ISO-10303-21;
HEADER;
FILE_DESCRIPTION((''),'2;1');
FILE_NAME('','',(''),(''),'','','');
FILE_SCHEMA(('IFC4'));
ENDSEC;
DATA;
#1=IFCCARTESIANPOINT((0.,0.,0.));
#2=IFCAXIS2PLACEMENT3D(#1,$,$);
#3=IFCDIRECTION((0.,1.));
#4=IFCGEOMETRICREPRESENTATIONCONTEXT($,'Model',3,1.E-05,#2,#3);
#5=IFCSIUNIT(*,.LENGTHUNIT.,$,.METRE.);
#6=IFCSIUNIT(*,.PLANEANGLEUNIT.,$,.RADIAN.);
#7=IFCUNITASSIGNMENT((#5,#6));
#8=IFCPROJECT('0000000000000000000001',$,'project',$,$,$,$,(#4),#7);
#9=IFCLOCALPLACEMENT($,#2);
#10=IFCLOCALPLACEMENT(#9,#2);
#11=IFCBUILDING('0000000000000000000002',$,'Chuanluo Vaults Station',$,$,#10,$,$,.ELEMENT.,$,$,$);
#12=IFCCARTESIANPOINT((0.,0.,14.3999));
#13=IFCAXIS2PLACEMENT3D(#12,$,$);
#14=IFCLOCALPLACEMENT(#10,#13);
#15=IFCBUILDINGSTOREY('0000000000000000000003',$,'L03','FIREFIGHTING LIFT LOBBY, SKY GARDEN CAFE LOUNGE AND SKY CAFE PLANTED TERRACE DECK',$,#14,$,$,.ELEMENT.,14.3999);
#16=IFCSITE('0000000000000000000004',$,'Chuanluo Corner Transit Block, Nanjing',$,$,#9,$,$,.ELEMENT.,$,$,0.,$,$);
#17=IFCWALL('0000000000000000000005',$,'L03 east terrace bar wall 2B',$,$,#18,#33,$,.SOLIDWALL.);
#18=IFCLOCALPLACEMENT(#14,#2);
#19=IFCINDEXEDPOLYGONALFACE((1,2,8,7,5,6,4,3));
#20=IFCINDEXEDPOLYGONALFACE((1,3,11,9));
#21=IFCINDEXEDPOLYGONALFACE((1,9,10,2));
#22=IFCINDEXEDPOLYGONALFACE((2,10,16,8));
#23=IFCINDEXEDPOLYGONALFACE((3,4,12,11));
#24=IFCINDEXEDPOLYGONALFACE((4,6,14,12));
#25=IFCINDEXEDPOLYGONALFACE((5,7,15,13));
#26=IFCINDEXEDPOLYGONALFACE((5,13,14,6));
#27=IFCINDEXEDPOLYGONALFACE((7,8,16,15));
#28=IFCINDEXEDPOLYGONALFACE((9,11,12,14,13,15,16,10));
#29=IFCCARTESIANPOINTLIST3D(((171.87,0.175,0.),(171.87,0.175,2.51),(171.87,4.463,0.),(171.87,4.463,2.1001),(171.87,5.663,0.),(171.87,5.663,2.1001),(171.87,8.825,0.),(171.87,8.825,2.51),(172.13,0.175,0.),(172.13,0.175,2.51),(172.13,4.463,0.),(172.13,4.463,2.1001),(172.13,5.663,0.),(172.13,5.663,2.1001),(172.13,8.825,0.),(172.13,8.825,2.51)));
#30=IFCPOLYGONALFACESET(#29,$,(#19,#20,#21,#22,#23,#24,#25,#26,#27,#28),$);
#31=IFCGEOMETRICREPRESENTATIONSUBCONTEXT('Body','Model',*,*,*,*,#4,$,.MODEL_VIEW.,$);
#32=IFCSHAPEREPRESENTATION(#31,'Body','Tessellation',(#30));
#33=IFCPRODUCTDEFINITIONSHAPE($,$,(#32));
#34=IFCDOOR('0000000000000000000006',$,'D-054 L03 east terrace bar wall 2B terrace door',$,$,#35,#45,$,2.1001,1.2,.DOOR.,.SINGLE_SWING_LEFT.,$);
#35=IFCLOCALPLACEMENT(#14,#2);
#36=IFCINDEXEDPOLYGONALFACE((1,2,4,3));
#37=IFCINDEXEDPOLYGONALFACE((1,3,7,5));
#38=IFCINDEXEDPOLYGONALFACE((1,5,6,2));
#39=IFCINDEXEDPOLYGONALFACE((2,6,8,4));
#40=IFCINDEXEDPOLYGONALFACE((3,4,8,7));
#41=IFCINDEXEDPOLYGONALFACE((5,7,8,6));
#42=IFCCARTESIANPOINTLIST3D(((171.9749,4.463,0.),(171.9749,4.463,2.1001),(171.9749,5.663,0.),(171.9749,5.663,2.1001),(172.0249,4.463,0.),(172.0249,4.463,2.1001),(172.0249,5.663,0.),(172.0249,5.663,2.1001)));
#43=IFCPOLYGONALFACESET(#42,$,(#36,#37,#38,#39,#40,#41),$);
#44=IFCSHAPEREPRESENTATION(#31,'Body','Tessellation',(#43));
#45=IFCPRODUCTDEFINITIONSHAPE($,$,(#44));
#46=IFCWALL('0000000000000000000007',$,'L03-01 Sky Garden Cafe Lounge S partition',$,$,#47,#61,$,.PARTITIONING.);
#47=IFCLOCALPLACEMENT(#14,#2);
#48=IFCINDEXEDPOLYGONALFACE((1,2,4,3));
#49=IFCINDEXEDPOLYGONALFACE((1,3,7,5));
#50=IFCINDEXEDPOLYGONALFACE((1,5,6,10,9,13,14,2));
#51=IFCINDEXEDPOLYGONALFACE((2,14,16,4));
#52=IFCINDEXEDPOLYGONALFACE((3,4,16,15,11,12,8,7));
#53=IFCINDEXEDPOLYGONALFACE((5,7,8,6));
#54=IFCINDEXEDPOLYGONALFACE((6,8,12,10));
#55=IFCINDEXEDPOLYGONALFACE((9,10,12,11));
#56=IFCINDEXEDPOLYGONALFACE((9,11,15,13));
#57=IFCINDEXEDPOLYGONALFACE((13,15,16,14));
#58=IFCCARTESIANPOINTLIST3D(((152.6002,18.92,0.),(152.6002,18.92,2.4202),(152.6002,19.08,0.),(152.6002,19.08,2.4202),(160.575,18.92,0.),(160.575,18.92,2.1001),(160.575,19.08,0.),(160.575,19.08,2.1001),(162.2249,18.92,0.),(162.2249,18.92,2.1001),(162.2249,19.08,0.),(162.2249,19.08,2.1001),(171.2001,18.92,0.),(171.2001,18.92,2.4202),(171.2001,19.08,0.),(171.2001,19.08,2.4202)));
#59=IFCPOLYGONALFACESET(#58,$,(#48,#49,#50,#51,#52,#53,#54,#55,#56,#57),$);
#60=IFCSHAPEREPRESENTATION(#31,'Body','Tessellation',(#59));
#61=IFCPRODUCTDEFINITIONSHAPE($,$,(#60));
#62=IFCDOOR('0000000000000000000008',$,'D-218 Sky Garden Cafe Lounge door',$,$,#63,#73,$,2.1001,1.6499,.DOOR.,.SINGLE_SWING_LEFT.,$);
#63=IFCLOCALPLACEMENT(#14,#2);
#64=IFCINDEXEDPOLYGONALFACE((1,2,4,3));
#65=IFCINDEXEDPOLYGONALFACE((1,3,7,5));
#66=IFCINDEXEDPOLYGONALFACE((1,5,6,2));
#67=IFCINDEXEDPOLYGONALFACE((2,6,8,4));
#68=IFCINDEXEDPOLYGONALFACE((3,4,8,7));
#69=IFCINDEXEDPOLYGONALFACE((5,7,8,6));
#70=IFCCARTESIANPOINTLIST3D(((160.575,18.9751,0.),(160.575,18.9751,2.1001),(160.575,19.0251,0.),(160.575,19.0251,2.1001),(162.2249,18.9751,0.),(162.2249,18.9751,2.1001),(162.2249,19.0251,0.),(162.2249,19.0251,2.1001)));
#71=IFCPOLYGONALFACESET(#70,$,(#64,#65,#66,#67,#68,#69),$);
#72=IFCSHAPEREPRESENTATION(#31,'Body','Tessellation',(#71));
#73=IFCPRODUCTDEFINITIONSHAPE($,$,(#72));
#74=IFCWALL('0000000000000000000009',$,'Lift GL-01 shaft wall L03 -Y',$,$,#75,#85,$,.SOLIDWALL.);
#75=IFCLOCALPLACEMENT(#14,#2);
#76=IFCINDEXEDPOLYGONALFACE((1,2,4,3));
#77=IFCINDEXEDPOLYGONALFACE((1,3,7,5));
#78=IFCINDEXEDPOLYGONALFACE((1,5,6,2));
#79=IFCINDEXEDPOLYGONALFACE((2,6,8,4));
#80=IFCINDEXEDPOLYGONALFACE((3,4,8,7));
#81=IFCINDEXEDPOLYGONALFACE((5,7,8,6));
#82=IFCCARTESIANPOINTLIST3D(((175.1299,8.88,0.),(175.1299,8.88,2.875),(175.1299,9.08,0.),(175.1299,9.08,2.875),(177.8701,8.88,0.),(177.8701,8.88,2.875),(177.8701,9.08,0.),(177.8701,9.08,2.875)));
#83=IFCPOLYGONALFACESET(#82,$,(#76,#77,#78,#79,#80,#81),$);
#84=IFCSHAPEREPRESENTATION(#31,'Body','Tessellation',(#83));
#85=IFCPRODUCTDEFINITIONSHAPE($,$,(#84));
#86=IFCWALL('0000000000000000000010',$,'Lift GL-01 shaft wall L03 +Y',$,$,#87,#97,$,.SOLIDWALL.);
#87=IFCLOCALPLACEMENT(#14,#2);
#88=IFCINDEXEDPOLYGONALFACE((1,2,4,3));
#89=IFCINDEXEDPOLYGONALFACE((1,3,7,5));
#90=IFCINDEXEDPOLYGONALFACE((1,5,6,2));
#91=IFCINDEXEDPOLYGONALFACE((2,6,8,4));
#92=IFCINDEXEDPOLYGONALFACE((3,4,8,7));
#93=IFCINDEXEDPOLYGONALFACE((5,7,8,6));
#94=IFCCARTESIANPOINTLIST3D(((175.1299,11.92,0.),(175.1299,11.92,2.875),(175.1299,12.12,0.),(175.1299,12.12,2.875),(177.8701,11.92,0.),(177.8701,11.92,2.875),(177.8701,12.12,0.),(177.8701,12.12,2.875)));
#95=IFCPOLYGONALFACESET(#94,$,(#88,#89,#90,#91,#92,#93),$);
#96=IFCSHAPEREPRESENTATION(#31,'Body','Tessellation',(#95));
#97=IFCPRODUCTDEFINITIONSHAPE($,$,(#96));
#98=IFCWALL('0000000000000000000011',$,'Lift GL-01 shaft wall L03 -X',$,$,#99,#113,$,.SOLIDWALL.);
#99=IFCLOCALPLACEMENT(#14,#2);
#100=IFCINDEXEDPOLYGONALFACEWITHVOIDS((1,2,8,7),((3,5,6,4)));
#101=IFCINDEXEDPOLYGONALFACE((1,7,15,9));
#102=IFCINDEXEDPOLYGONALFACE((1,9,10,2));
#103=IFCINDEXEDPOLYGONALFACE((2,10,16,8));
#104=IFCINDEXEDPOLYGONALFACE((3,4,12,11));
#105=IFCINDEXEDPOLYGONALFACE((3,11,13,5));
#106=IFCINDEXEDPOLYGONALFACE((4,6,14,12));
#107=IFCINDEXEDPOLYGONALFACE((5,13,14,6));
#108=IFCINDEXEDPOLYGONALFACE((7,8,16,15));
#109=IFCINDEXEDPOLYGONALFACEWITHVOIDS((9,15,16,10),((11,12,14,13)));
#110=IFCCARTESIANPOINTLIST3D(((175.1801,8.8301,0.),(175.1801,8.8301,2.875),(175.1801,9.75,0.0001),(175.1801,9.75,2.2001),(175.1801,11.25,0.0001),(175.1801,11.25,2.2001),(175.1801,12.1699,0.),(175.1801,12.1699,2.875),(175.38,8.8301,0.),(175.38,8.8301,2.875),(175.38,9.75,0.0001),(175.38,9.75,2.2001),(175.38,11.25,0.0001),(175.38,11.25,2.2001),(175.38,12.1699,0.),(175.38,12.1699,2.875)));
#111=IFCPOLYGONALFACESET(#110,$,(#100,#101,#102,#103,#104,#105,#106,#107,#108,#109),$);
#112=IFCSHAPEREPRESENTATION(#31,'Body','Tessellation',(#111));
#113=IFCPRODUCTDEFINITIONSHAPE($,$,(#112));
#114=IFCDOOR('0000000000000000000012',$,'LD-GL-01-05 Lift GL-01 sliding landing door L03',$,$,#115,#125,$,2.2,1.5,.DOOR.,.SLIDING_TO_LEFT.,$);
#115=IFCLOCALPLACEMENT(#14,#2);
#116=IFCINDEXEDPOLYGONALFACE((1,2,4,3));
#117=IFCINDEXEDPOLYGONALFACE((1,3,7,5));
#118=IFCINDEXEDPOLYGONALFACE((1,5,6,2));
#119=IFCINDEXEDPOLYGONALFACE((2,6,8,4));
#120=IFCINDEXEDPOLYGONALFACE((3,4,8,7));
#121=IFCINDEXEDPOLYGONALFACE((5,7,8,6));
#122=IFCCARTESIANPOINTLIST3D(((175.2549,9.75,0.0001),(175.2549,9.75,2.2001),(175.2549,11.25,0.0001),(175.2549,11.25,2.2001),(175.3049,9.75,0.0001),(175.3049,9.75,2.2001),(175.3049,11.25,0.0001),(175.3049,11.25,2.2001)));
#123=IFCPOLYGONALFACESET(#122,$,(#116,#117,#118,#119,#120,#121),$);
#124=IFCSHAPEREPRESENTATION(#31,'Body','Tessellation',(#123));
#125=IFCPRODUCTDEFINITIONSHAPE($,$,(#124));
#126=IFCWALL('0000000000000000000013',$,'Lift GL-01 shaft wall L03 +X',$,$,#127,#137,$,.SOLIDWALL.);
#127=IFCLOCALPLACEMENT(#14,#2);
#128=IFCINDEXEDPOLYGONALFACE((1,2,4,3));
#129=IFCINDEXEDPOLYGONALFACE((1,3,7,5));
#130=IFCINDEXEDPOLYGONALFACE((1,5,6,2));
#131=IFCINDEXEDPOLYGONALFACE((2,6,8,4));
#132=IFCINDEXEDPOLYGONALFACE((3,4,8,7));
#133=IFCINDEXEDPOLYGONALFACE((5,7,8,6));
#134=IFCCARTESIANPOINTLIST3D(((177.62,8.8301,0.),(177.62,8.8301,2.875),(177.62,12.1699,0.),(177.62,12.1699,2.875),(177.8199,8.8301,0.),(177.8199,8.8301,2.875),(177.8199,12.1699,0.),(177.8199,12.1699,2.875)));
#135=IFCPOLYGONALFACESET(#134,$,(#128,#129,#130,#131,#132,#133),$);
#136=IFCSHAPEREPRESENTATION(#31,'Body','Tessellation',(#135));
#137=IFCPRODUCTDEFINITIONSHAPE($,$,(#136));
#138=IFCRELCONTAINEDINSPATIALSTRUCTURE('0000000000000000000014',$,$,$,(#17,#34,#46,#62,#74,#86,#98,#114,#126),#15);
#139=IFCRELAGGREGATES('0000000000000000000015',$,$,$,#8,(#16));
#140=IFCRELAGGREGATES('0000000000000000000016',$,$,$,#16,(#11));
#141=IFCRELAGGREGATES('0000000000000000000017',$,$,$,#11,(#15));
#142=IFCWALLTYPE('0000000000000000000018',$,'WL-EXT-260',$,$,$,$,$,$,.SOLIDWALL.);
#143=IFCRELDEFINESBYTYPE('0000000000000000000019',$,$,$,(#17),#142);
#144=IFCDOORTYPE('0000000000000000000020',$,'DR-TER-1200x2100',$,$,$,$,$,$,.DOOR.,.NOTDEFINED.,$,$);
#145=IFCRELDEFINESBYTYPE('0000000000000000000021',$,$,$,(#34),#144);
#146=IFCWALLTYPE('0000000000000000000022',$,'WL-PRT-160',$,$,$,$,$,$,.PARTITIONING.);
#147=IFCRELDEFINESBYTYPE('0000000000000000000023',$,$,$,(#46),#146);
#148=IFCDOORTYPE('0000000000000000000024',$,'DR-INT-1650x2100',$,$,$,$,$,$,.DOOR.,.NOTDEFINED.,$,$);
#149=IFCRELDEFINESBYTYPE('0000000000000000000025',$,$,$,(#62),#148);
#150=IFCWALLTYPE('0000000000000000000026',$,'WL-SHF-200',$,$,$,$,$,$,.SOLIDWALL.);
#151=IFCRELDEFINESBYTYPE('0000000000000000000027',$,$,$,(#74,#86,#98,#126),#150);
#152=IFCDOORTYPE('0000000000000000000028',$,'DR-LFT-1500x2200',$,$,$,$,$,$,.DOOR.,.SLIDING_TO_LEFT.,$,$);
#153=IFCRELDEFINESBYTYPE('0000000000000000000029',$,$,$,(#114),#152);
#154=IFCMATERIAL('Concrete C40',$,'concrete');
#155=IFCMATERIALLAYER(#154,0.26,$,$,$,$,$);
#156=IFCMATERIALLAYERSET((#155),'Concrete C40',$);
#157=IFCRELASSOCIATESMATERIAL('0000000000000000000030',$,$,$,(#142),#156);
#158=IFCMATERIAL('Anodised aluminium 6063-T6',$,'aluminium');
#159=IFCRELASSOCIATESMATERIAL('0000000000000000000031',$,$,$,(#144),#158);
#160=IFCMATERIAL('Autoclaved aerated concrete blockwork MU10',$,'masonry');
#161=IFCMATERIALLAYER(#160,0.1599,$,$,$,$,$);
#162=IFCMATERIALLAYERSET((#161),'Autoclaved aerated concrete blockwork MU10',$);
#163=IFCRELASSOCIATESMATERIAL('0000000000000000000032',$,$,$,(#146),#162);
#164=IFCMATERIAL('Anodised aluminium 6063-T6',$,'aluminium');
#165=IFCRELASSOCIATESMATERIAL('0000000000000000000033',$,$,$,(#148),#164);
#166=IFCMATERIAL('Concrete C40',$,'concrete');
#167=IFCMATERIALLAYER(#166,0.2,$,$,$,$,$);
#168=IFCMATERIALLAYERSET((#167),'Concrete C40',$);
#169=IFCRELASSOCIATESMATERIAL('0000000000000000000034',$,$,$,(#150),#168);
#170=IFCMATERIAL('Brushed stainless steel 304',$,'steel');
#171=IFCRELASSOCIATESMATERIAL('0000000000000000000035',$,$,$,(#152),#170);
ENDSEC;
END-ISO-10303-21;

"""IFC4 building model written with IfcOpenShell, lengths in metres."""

from ifc_helpers import new_model, si_unit, direction, frame, frame_2d, origin, place, context, subcontext, project, spatial, rectangle, extrude, material, layer, layer_set, type_object, element, fill, save


model = new_model("IFC4")

# Units and contexts
model_context = context("Model", 3, precision=1e-05, world=origin(), true_north=direction((0.0, 1.0)))
body_context = subcontext(model_context, "Body", "Model", "MODEL_VIEW")
ifc_project = project(units=[si_unit("LENGTHUNIT", "METRE"), si_unit("PLANEANGLEUNIT", "RADIAN")], contexts=[model_context])

# Site, building, storey
site_placement = place(None, origin())
site = spatial("IfcSite", under=ifc_project, at=site_placement, Name="Chuanluo Corner Transit Block, Nanjing", CompositionType="ELEMENT", RefElevation=0.0)
building_placement = place(site_placement, origin())
building = spatial("IfcBuilding", under=site, at=building_placement, Name="Chuanluo Vaults Station", CompositionType="ELEMENT")
storey_placement = place(building_placement, frame((0.0, 0.0, 14.3999)))
storey = spatial("IfcBuildingStorey", under=building, at=storey_placement, Name="L03", Description="FIREFIGHTING LIFT LOBBY, SKY GARDEN CAFE LOUNGE AND SKY CAFE PLANTED TERRACE DECK", CompositionType="ELEMENT", Elevation=14.3999)

# Shared definitions
ifc_material_1 = material(Name="Concrete C40", Category="concrete")
ifc_layer_1 = layer(ifc_material_1, 0.26)
ifc_layer_set_1 = layer_set([ifc_layer_1], Name="Concrete C40")
wall_type_1 = type_object("IfcWallType", Name="WL-EXT-260", PredefinedType="SOLIDWALL", material=ifc_layer_set_1)

# Walls, openings, doors
wall_1_placement = place(storey_placement, frame((172.0, 8.825, 0.0), z_axis=(0.0, 0.0, 1.0), x_axis=(0.0, -1.0, 0.0)))
wall_1 = element("IfcWall", 1, at=wall_1_placement, inside=storey, type_object=wall_type_1, Name="L03 east terrace bar wall 2B", PredefinedType="SOLIDWALL", context=body_context, shape_type="SweptSolid", body=[
    extrude(rectangle(XDim=8.6499, YDim=0.26, at=frame_2d((4.325, 0.0))), origin(), (0.0, 0.0, 1.0), 2.51),
])
opening_1_placement = place(wall_1_placement, frame((3.1619, 0.0, 0.0)))
opening_1 = element("IfcOpeningElement", 2, at=opening_1_placement, cuts=wall_1, PredefinedType="OPENING", context=body_context, shape_type="SweptSolid", body=[
    extrude(rectangle(XDim=1.2, YDim=2.1001, at=frame_2d((0.6001, 1.05))), frame((0.0, 0.1399, 0.0), z_axis=(0.0, -1.0, 0.0), x_axis=(1.0, 0.0, 0.0)), (0.0, 0.0, 1.0), 0.28),
])
ifc_material_2 = material(Name="Anodised aluminium 6063-T6", Category="aluminium")
door_type_1 = type_object("IfcDoorType", Name="DR-TER-1200x2100", OperationType="NOTDEFINED", PredefinedType="DOOR", material=ifc_material_2)
door_1_placement = place(opening_1_placement, origin())
door_1 = element("IfcDoor", 3, at=door_1_placement, inside=storey, type_object=door_type_1, Name="D-054 L03 east terrace bar wall 2B terrace door", OperationType="SINGLE_SWING_LEFT", OverallHeight=2.1001, OverallWidth=1.2, PredefinedType="DOOR", context=body_context, shape_type="SweptSolid", body=[
    extrude(rectangle(XDim=1.2, YDim=2.1001, at=frame_2d((0.6001, 1.05))), frame((0.0, 0.0249, 0.0), z_axis=(0.0, -1.0, 0.0), x_axis=(1.0, 0.0, 0.0)), (0.0, 0.0, 1.0), 0.05),
])
fill(opening_1, door_1)
ifc_material_3 = material(Name="Autoclaved aerated concrete blockwork MU10", Category="masonry")
ifc_layer_2 = layer(ifc_material_3, 0.1599)
ifc_layer_set_2 = layer_set([ifc_layer_2], Name="Autoclaved aerated concrete blockwork MU10")
wall_type_2 = type_object("IfcWallType", Name="WL-PRT-160", PredefinedType="PARTITIONING", material=ifc_layer_set_2)
wall_2_placement = place(storey_placement, frame((171.2, 19.0, 0.0), z_axis=(0.0, 0.0, 1.0), x_axis=(-1.0, 0.0, 0.0)))
wall_2 = element("IfcWall", 4, at=wall_2_placement, inside=storey, type_object=wall_type_2, Name="L03-01 Sky Garden Cafe Lounge S partition", PredefinedType="PARTITIONING", context=body_context, shape_type="SweptSolid", body=[
    extrude(rectangle(XDim=18.5999, YDim=0.1599, at=frame_2d((9.2998, 0.0))), origin(), (0.0, 0.0, 1.0), 2.4202),
])
opening_2_placement = place(wall_2_placement, frame((8.9751, 0.0, 0.0)))
opening_2 = element("IfcOpeningElement", 5, at=opening_2_placement, cuts=wall_2, PredefinedType="OPENING", context=body_context, shape_type="SweptSolid", body=[
    extrude(rectangle(XDim=1.6499, YDim=2.1001, at=frame_2d((0.825, 1.05))), frame((0.0, 0.0901, 0.0), z_axis=(0.0, -1.0, 0.0), x_axis=(1.0, 0.0, 0.0)), (0.0, 0.0, 1.0), 0.1799),
])
ifc_material_4 = material(Name="Anodised aluminium 6063-T6", Category="aluminium")
door_type_2 = type_object("IfcDoorType", Name="DR-INT-1650x2100", OperationType="NOTDEFINED", PredefinedType="DOOR", material=ifc_material_4)
door_2_placement = place(opening_2_placement, origin())
door_2 = element("IfcDoor", 6, at=door_2_placement, inside=storey, type_object=door_type_2, Name="D-218 Sky Garden Cafe Lounge door", OperationType="SINGLE_SWING_LEFT", OverallHeight=2.1001, OverallWidth=1.6499, PredefinedType="DOOR", context=body_context, shape_type="SweptSolid", body=[
    extrude(rectangle(XDim=1.6499, YDim=2.1001, at=frame_2d((0.825, 1.05))), frame((0.0, 0.0249, 0.0), z_axis=(0.0, -1.0, 0.0), x_axis=(1.0, 0.0, 0.0)), (0.0, 0.0, 1.0), 0.05),
])
fill(opening_2, door_2)

# Walls
ifc_material_5 = material(Name="Concrete C40", Category="concrete")
ifc_layer_3 = layer(ifc_material_5, 0.2)
ifc_layer_set_3 = layer_set([ifc_layer_3], Name="Concrete C40")
wall_type_3 = type_object("IfcWallType", Name="WL-SHF-200", PredefinedType="SOLIDWALL", material=ifc_layer_set_3)
for number, where, z_axis, x_axis, name in (
    (7, (175.1299, 8.98, 0.0), (0.0, 0.0, 1.0), (1.0, 0.0, 0.0), "Lift GL-01 shaft wall L03 -Y"),
    (8, (177.8701, 12.02, 0.0), (0.0, 0.0, 1.0), (-1.0, 0.0, 0.0), "Lift GL-01 shaft wall L03 +Y"),
):
    element("IfcWall", number, at=place(storey_placement, frame(where, z_axis=z_axis, x_axis=x_axis)), inside=storey, type_object=wall_type_3, Name=name, PredefinedType="SOLIDWALL", context=body_context, shape_type="SweptSolid", body=[
        extrude(rectangle(XDim=2.7402, YDim=0.2, at=frame_2d((1.3701, 0.0))), origin(), (0.0, 0.0, 1.0), 2.875),
    ])

# Wall, opening, door
wall_3_placement = place(storey_placement, frame((175.28, 12.1699, 0.0), z_axis=(0.0, 0.0, 1.0), x_axis=(0.0, -1.0, 0.0)))
wall_3 = element("IfcWall", 9, at=wall_3_placement, inside=storey, type_object=wall_type_3, Name="Lift GL-01 shaft wall L03 -X", PredefinedType="SOLIDWALL", context=body_context, shape_type="SweptSolid", body=[
    extrude(rectangle(XDim=3.3398, YDim=0.2, at=frame_2d((1.6699, 0.0))), origin(), (0.0, 0.0, 1.0), 2.875),
])
opening_3_placement = place(wall_3_placement, frame((0.9199, 0.0, 0.0)))
opening_3 = element("IfcOpeningElement", 10, at=opening_3_placement, cuts=wall_3, PredefinedType="OPENING", context=body_context, shape_type="SweptSolid", body=[
    extrude(rectangle(XDim=1.5, YDim=2.2, at=frame_2d((0.75, 1.1001))), frame((0.0, 0.1101, 0.0), z_axis=(0.0, -1.0, 0.0), x_axis=(1.0, 0.0, 0.0)), (0.0, 0.0, 1.0), 0.22),
])
ifc_material_6 = material(Name="Brushed stainless steel 304", Category="steel")
door_type_3 = type_object("IfcDoorType", Name="DR-LFT-1500x2200", OperationType="SLIDING_TO_LEFT", PredefinedType="DOOR", material=ifc_material_6)
door_3_placement = place(opening_3_placement, origin())
door_3 = element("IfcDoor", 11, at=door_3_placement, inside=storey, type_object=door_type_3, Name="LD-GL-01-05 Lift GL-01 sliding landing door L03", OperationType="SLIDING_TO_LEFT", OverallHeight=2.2, OverallWidth=1.5, PredefinedType="DOOR", context=body_context, shape_type="SweptSolid", body=[
    extrude(rectangle(XDim=1.5, YDim=2.2, at=frame_2d((0.75, 1.1001))), frame((0.0, 0.0249, 0.0), z_axis=(0.0, -1.0, 0.0), x_axis=(1.0, 0.0, 0.0)), (0.0, 0.0, 1.0), 0.05),
])
fill(opening_3, door_3)

# Wall
wall_4_placement = place(storey_placement, frame((177.72, 8.8301, 0.0), z_axis=(0.0, 0.0, 1.0), x_axis=(0.0, 1.0, 0.0)))
element("IfcWall", 12, at=wall_4_placement, inside=storey, type_object=wall_type_3, Name="Lift GL-01 shaft wall L03 +X", PredefinedType="SOLIDWALL", context=body_context, shape_type="SweptSolid", body=[
    extrude(rectangle(XDim=3.3398, YDim=0.2, at=frame_2d((1.6699, 0.0))), origin(), (0.0, 0.0, 1.0), 2.875),
])

save(model, "model.ifc")
